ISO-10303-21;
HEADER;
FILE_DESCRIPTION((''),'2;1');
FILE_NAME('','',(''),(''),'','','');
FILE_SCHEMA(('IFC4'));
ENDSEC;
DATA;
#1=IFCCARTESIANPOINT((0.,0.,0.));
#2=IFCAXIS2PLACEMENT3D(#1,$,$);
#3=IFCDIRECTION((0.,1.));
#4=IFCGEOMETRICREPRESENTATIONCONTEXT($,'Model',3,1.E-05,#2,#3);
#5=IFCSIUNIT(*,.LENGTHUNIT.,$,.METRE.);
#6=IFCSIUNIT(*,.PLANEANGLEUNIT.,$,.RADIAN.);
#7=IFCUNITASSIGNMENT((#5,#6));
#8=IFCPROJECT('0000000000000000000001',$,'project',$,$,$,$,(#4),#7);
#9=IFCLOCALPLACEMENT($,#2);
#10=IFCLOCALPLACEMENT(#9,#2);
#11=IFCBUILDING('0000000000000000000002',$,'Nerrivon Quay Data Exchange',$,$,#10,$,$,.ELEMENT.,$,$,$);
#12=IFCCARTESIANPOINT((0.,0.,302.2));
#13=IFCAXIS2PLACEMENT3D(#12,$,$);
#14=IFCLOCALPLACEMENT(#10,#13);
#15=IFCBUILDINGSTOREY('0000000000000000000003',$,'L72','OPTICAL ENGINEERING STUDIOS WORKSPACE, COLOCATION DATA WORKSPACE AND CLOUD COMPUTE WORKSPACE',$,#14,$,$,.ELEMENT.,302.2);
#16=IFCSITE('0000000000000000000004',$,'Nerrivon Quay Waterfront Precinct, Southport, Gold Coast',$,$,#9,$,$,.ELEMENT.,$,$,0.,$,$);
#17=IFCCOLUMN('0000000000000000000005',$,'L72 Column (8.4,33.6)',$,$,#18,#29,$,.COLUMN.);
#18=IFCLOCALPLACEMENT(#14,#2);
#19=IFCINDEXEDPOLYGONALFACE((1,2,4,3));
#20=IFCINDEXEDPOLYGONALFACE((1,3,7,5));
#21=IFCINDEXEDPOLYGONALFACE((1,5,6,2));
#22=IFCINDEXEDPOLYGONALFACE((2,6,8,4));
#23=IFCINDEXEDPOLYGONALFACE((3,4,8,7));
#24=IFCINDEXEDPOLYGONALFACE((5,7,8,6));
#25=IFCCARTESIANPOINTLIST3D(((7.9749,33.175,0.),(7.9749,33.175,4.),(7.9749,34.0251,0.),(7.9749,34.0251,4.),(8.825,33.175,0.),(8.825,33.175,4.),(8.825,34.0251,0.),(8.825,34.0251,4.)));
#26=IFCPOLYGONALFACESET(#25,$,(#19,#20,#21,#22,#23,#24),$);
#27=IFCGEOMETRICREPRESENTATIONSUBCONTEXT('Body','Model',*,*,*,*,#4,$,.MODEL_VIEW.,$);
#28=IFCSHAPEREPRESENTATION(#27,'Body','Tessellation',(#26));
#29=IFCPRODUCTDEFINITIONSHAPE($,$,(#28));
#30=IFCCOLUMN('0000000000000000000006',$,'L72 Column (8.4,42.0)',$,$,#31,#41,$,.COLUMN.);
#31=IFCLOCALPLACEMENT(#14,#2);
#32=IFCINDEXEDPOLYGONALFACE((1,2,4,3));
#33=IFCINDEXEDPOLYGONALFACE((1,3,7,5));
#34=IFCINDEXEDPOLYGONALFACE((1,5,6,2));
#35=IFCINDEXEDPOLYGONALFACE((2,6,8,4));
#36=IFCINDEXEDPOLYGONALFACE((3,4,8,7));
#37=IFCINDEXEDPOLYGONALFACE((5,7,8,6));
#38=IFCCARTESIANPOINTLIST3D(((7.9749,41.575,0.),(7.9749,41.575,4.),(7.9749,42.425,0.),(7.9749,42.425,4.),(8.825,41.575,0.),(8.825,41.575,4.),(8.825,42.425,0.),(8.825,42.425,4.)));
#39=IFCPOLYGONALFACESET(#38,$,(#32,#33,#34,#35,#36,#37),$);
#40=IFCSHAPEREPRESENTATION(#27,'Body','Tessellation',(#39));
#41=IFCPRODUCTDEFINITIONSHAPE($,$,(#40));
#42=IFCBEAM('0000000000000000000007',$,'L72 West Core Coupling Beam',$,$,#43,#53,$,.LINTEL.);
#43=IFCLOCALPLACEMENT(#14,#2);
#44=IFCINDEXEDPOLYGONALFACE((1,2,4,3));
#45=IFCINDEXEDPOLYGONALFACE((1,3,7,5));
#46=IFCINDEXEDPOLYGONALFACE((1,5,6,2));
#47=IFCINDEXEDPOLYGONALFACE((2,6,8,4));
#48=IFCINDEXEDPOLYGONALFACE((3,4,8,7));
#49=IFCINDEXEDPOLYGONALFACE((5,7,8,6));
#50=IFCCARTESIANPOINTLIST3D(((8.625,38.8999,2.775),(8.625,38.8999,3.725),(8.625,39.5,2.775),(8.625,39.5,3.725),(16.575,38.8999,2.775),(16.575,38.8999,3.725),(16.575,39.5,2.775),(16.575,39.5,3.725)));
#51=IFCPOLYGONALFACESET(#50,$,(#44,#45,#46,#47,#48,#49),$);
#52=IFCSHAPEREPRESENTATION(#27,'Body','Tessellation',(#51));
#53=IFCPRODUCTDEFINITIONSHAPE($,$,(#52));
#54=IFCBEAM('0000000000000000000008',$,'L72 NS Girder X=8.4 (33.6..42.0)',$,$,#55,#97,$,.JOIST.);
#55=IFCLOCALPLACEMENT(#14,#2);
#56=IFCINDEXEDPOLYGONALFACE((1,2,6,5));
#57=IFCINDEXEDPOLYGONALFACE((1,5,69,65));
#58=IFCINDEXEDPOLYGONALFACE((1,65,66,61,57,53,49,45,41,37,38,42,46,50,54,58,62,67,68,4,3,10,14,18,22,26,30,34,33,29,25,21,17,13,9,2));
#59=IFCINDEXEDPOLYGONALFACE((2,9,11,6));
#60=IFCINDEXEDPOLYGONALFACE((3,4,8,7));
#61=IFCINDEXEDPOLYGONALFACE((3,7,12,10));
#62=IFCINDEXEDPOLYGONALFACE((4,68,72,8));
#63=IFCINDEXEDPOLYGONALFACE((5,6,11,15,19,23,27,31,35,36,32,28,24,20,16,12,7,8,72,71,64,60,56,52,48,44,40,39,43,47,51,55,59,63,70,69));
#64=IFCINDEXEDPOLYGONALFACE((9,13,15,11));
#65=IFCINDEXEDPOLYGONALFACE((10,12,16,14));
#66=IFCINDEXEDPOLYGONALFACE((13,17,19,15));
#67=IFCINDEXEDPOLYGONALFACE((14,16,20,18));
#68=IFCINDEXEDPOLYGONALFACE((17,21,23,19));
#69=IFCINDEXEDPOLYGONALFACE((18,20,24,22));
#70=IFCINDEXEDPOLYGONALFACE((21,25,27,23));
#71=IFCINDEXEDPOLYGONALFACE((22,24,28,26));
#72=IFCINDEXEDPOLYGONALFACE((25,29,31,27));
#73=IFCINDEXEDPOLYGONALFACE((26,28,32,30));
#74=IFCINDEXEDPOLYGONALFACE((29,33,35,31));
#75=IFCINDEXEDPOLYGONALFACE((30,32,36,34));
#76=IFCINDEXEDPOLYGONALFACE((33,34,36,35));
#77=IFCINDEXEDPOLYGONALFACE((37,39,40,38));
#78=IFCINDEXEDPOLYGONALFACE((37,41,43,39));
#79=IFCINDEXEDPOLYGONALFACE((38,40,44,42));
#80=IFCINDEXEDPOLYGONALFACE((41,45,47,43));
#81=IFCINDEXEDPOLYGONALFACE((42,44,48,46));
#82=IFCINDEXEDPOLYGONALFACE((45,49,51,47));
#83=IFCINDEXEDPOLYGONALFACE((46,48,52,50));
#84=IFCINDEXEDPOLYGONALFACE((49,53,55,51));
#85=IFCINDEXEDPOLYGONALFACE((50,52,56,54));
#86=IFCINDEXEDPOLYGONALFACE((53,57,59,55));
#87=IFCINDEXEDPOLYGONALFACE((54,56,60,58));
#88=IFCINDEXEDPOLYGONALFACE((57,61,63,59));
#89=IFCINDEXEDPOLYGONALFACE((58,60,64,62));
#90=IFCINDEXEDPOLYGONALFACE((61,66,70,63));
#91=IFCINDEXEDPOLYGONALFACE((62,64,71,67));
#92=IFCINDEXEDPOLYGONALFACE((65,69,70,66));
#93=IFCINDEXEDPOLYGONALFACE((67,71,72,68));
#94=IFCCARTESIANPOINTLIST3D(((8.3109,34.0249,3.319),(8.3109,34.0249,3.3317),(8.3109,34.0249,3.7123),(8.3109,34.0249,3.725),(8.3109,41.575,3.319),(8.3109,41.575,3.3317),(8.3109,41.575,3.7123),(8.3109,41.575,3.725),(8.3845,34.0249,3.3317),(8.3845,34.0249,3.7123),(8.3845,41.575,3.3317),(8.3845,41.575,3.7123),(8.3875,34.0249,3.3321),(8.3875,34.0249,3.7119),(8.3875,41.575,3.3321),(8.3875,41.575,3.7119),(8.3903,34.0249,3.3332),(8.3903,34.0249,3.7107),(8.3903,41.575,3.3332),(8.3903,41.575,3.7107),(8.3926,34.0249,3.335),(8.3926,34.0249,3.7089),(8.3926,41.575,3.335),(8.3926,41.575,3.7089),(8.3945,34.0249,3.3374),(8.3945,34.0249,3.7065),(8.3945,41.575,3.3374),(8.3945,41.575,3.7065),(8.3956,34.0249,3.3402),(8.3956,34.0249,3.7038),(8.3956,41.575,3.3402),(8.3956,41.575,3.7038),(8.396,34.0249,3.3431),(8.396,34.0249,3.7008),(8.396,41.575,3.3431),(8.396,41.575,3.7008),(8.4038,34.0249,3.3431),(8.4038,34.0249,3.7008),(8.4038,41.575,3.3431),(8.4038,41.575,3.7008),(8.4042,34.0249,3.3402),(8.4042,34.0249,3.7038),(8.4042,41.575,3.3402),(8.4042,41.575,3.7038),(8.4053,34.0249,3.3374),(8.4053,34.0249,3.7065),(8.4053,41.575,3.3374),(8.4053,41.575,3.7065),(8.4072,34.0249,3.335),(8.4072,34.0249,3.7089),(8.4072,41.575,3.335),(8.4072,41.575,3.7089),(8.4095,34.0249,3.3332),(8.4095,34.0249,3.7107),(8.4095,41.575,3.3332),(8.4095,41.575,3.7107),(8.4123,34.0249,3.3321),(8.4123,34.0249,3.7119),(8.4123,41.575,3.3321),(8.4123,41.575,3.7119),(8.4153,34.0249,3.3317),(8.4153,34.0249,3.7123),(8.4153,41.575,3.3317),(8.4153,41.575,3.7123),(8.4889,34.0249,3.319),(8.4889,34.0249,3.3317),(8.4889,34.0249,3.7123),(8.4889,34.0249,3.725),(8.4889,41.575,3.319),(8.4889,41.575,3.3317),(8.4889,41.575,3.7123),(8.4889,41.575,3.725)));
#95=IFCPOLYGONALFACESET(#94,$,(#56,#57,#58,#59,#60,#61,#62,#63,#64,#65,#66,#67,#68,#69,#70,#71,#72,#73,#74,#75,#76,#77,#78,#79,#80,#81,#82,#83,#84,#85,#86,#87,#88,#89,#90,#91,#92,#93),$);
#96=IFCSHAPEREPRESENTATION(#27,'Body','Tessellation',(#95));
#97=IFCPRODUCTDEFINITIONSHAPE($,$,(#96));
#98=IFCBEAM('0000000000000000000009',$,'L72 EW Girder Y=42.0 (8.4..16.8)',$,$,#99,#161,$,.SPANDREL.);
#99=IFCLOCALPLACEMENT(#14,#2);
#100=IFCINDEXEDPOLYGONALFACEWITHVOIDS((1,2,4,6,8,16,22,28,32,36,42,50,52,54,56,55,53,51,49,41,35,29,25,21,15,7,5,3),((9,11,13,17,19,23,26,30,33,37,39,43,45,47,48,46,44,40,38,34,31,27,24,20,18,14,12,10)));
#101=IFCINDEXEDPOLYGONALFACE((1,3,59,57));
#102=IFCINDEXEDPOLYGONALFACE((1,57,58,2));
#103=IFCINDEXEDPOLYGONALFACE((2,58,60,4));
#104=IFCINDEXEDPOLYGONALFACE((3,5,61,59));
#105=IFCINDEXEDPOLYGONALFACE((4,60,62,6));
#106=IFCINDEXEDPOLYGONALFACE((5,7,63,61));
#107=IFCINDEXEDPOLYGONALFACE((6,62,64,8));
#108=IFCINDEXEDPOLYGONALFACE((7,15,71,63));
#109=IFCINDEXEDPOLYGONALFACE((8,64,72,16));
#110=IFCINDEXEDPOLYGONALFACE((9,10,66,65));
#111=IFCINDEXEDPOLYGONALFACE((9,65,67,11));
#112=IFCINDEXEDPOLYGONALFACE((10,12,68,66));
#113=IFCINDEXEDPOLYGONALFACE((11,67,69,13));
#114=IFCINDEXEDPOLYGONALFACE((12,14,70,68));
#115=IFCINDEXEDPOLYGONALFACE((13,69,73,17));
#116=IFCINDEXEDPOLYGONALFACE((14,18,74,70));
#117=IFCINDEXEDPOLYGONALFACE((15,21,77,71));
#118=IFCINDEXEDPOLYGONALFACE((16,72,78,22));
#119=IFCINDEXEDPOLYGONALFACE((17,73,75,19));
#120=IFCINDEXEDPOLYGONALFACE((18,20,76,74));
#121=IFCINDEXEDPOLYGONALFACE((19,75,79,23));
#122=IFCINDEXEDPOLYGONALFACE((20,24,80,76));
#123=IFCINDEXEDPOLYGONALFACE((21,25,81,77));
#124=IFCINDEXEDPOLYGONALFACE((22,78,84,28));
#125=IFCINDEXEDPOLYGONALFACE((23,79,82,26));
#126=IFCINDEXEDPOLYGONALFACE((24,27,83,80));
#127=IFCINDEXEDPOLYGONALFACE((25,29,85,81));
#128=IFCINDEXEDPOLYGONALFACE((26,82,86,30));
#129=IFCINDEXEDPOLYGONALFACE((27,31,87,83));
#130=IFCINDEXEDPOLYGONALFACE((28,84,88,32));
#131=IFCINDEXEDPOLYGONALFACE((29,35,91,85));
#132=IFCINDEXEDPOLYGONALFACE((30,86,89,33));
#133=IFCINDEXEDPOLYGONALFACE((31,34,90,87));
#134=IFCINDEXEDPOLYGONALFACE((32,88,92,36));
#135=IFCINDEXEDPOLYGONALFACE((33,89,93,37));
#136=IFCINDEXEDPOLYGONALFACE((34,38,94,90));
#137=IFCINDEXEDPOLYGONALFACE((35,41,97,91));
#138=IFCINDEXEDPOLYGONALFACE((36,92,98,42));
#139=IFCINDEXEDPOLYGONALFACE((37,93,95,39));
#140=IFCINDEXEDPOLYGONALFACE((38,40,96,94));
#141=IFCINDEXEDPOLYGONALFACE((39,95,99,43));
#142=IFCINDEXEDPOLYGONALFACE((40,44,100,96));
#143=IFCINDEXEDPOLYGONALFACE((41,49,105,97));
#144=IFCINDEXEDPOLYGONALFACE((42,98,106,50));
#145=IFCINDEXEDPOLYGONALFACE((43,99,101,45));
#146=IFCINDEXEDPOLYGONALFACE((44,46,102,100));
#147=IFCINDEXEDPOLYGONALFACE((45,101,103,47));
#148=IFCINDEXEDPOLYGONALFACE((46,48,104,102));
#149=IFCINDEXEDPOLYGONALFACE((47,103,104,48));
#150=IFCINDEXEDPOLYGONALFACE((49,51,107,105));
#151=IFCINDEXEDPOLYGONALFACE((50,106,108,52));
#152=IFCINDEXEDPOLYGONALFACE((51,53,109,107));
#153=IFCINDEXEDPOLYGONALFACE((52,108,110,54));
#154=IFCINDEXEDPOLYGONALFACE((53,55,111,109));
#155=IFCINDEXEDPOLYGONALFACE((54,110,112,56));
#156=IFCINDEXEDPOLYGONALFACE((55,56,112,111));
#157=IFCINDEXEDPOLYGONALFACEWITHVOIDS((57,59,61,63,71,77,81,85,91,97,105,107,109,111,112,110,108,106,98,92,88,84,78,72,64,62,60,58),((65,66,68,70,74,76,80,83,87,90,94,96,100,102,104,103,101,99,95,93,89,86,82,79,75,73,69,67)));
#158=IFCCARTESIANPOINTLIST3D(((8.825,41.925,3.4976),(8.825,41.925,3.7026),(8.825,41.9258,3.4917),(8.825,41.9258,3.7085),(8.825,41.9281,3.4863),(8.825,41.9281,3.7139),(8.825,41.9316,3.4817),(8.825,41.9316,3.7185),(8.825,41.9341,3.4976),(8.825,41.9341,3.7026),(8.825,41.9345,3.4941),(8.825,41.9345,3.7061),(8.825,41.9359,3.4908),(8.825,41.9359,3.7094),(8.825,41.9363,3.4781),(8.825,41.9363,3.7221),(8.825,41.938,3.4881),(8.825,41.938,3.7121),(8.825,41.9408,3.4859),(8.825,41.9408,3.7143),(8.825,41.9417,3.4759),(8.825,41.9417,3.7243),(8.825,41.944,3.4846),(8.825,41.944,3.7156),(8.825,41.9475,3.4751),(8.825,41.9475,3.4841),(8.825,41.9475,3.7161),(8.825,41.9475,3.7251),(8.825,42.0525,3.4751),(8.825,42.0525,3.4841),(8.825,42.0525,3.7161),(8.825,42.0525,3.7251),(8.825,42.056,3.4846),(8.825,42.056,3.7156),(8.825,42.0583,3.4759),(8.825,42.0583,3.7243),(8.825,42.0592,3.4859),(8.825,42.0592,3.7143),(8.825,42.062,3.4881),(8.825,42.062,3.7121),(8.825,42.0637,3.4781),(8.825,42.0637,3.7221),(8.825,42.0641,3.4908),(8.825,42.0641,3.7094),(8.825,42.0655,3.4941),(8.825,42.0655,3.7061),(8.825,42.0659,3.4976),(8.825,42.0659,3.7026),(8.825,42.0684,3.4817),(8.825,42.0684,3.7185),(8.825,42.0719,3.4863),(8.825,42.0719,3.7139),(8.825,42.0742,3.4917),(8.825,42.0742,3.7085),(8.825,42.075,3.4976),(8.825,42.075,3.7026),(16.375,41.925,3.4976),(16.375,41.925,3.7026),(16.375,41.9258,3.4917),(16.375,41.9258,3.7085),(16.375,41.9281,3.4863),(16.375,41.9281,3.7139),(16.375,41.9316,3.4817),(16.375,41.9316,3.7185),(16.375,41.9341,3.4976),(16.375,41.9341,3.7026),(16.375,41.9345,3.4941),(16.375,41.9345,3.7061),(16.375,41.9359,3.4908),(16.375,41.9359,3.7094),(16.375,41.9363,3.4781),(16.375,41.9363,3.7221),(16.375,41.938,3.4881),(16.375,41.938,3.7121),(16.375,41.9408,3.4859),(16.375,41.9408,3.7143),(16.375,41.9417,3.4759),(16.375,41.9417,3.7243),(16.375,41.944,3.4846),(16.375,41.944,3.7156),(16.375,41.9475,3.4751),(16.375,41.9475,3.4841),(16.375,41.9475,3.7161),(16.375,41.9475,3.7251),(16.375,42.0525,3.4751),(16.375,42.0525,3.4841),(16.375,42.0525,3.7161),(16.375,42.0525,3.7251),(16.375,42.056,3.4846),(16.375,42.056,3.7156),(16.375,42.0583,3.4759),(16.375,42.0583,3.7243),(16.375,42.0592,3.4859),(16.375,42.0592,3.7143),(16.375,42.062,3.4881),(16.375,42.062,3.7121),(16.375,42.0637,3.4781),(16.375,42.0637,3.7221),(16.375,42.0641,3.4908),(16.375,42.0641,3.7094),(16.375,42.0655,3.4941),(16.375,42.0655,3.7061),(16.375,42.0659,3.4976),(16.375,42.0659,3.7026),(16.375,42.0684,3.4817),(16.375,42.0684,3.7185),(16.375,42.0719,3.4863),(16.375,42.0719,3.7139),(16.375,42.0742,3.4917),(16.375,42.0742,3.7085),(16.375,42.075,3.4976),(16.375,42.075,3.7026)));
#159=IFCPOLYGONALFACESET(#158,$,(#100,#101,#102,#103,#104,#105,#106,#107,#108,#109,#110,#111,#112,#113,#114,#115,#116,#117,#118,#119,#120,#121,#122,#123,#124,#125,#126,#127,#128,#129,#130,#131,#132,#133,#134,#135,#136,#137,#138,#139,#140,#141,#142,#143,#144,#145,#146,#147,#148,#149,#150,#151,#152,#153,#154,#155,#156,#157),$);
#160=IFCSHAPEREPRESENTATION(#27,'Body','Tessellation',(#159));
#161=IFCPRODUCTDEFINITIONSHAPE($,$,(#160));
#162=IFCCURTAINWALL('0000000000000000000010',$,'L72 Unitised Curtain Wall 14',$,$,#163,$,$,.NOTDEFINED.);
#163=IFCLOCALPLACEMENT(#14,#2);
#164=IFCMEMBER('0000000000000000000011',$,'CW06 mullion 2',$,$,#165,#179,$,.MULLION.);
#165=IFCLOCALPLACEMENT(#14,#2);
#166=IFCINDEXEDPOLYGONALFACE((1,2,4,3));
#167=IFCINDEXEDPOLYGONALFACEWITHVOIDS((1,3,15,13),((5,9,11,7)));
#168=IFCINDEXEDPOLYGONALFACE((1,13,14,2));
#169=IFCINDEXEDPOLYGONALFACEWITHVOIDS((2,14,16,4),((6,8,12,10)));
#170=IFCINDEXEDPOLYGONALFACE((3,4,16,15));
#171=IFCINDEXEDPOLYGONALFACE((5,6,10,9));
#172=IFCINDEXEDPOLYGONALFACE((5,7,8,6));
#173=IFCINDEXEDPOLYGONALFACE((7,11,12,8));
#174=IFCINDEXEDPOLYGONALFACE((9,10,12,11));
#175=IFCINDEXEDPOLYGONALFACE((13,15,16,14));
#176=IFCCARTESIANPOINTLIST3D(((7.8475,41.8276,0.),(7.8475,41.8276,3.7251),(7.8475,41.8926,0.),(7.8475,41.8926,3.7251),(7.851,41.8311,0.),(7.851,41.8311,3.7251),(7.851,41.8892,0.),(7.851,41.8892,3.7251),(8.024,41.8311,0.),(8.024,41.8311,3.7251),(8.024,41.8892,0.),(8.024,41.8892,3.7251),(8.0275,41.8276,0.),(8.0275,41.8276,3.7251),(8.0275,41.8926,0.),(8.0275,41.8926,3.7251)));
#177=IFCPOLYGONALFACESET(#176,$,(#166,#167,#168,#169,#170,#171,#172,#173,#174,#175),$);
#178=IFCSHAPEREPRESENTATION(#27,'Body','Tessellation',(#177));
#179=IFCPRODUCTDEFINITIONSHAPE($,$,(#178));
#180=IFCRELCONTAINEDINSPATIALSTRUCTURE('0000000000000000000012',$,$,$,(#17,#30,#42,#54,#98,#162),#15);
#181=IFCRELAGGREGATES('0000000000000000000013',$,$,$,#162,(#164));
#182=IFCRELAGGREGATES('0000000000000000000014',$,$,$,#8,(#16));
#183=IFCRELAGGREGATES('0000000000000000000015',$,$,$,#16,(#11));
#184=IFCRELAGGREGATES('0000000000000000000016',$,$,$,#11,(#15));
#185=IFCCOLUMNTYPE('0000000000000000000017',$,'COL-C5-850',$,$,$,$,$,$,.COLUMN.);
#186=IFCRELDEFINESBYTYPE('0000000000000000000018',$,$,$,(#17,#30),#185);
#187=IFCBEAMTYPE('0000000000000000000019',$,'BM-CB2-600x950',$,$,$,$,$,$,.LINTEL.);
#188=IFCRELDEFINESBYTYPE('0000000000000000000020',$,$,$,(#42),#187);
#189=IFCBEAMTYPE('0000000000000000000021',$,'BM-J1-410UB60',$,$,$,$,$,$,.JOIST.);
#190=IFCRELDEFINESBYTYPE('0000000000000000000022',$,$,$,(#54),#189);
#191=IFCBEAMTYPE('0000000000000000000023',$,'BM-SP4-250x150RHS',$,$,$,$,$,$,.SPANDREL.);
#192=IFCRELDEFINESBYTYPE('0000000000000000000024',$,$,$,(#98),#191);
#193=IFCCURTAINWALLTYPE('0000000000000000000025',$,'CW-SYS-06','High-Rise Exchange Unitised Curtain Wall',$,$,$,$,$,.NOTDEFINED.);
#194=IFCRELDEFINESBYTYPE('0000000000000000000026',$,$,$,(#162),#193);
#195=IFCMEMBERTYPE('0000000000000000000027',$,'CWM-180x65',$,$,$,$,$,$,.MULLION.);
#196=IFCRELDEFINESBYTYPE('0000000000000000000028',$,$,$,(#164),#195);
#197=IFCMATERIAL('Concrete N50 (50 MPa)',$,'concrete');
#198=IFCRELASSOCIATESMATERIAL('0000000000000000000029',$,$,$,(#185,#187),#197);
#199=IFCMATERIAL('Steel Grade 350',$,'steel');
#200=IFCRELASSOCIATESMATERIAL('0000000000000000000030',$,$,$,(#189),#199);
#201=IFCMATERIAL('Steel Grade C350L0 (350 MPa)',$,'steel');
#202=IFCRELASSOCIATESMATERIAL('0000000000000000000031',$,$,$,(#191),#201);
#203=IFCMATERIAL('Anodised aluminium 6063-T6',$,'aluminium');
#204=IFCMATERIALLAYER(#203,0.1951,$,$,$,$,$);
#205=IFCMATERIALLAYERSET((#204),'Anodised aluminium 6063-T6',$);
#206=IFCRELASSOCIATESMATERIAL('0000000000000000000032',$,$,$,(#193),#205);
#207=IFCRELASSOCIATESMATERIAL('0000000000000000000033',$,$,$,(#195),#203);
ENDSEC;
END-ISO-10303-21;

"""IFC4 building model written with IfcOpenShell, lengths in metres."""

from ifc_helpers import new_model, si_unit, direction, frame, origin, origin_2d, place, context, subcontext, project, spatial, rectangle, hollow_rectangle, i_section, extrude, material, layer, layer_set, material_profile, profile_set, type_object, element, aggregate, save


model = new_model("IFC4")

# Units and contexts
model_context = context("Model", 3, precision=1e-05, world=origin(), true_north=direction((0.0, 1.0)))
body_context = subcontext(model_context, "Body", "Model", "MODEL_VIEW")
ifc_project = project(units=[si_unit("LENGTHUNIT", "METRE"), si_unit("PLANEANGLEUNIT", "RADIAN")], contexts=[model_context])

# Site, building, storey
site_placement = place(None, origin())
site = spatial("IfcSite", under=ifc_project, at=site_placement, Name="Nerrivon Quay Waterfront Precinct, Southport, Gold Coast", CompositionType="ELEMENT", RefElevation=0.0)
building_placement = place(site_placement, origin())
building = spatial("IfcBuilding", under=site, at=building_placement, Name="Nerrivon Quay Data Exchange", CompositionType="ELEMENT")
storey_placement = place(building_placement, frame((0.0, 0.0, 302.2)))
storey = spatial("IfcBuildingStorey", under=building, at=storey_placement, Name="L72", Description="OPTICAL ENGINEERING STUDIOS WORKSPACE, COLOCATION DATA WORKSPACE AND CLOUD COMPUTE WORKSPACE", CompositionType="ELEMENT", Elevation=302.2)

# Columns
ifc_material_1 = material(Name="Concrete N50 (50 MPa)", Category="concrete")
ifc_material_profile_1 = material_profile(ifc_material_1, rectangle(XDim=0.8501, YDim=0.8501, at=origin_2d()), Name="RC-COL-850x850")
ifc_profile_set_1 = profile_set([ifc_material_profile_1], Name="Concrete N50 (50 MPa)")
column_type = type_object("IfcColumnType", Name="COL-C5-850", PredefinedType="COLUMN", material=ifc_profile_set_1)
for number, where, z_axis, x_axis, name in (
    (1, (8.3999, 33.6001, 0.0), (0.0, 0.0, 1.0), (1.0, 0.0, 0.0), "L72 Column (8.4,33.6)"),
    (2, (8.3999, 42.0, 0.0), (0.0, 0.0, 1.0), (1.0, 0.0, 0.0), "L72 Column (8.4,42.0)"),
):
    element("IfcColumn", number, at=place(storey_placement, frame(where, z_axis=z_axis, x_axis=x_axis)), inside=storey, type_object=column_type, Name=name, PredefinedType="COLUMN", context=body_context, shape_type="SweptSolid", body=[
        extrude(rectangle(XDim=0.8501, YDim=0.8501, at=origin_2d()), origin(), (0.0, 0.0, 1.0), 4.0),
    ])

# Beams
ifc_material_profile_2 = material_profile(ifc_material_1, rectangle(XDim=0.6001, YDim=0.95, at=origin_2d()), Name="RC-CB-600x950")
ifc_profile_set_2 = profile_set([ifc_material_profile_2], Name="Concrete N50 (50 MPa)")
beam_type_1 = type_object("IfcBeamType", Name="BM-CB2-600x950", PredefinedType="LINTEL", material=ifc_profile_set_2)
beam_1_placement = place(storey_placement, frame((8.625, 39.2, 3.25), z_axis=(1.0, 0.0, 0.0), x_axis=(0.0, 1.0, 0.0)))
element("IfcBeam", 3, at=beam_1_placement, inside=storey, type_object=beam_type_1, Name="L72 West Core Coupling Beam", PredefinedType="LINTEL", context=body_context, shape_type="SweptSolid", body=[
    extrude(rectangle(XDim=0.6001, YDim=0.95, at=origin_2d()), origin(), (0.0, 0.0, 1.0), 7.95),
])
ifc_material_2 = material(Name="Steel Grade 350", Category="steel")
ifc_material_profile_3 = material_profile(ifc_material_2, i_section(OverallWidth=0.178, OverallDepth=0.406, WebThickness=0.0078, FlangeThickness=0.0127, FilletRadius=0.0115, at=origin_2d()), Name="410UB59.7")
ifc_profile_set_3 = profile_set([ifc_material_profile_3], Name="Steel Grade 350")
beam_type_2 = type_object("IfcBeamType", Name="BM-J1-410UB60", PredefinedType="JOIST", material=ifc_profile_set_3)
beam_2_placement = place(storey_placement, frame((8.3999, 34.0249, 3.522), z_axis=(0.0, 1.0, 0.0), x_axis=(-1.0, 0.0, 0.0)))
element("IfcBeam", 4, at=beam_2_placement, inside=storey, type_object=beam_type_2, Name="L72 NS Girder X=8.4 (33.6..42.0)", PredefinedType="JOIST", context=body_context, shape_type="SweptSolid", body=[
    extrude(i_section(OverallWidth=0.178, OverallDepth=0.406, WebThickness=0.0078, FlangeThickness=0.0127, FilletRadius=0.0115, at=origin_2d()), origin(), (0.0, 0.0, 1.0), 7.55),
])
ifc_material_3 = material(Name="Steel Grade C350L0 (350 MPa)", Category="steel")
ifc_material_profile_4 = material_profile(ifc_material_3, hollow_rectangle(XDim=0.1499, YDim=0.25, WallThickness=0.009, InnerFilletRadius=0.0134, OuterFilletRadius=0.0225, at=origin_2d()), Name="250x150x9.0RHS")
ifc_profile_set_4 = profile_set([ifc_material_profile_4], Name="Steel Grade C350L0 (350 MPa)")
beam_type_3 = type_object("IfcBeamType", Name="BM-SP4-250x150RHS", PredefinedType="SPANDREL", material=ifc_profile_set_4)
beam_3_placement = place(storey_placement, frame((8.825, 42.0, 3.6001), z_axis=(1.0, 0.0, 0.0), x_axis=(0.0, 1.0, 0.0)))
element("IfcBeam", 5, at=beam_3_placement, inside=storey, type_object=beam_type_3, Name="L72 EW Girder Y=42.0 (8.4..16.8)", PredefinedType="SPANDREL", context=body_context, shape_type="SweptSolid", body=[
    extrude(hollow_rectangle(XDim=0.1499, YDim=0.25, WallThickness=0.009, InnerFilletRadius=0.0134, OuterFilletRadius=0.0225, at=origin_2d()), origin(), (0.0, 0.0, 1.0), 7.55),
])

# Curtain wall, member
ifc_material_4 = material(Name="Anodised aluminium 6063-T6", Category="aluminium")
ifc_layer_1 = layer(ifc_material_4, 0.1951)
ifc_layer_set_1 = layer_set([ifc_layer_1], Name="Anodised aluminium 6063-T6")
curtain_wall_type = type_object("IfcCurtainWallType", Name="CW-SYS-06", Description="High-Rise Exchange Unitised Curtain Wall", PredefinedType="NOTDEFINED", material=ifc_layer_set_1)
curtain_wall_1_placement = place(storey_placement, origin())
curtain_wall_1 = element("IfcCurtainWall", 6, at=curtain_wall_1_placement, inside=storey, type_object=curtain_wall_type, Name="L72 Unitised Curtain Wall 14", PredefinedType="NOTDEFINED")
ifc_material_profile_5 = material_profile(ifc_material_4, hollow_rectangle(XDim=0.0649, YDim=0.1799, WallThickness=0.0034, at=origin_2d()), Name="ALU-MULL-180x65")
ifc_profile_set_5 = profile_set([ifc_material_profile_5], Name="Anodised aluminium 6063-T6")
member_type_1 = type_object("IfcMemberType", Name="CWM-180x65", PredefinedType="MULLION", material=ifc_profile_set_5)
member_1_placement = place(storey_placement, frame((7.9375, 41.8601, 0.0), z_axis=(0.0, 0.0, 1.0), x_axis=(0.0, 1.0, 0.0)))
member_1 = element("IfcMember", 7, at=member_1_placement, type_object=member_type_1, Name="CW06 mullion 2", PredefinedType="MULLION", context=body_context, shape_type="SweptSolid", body=[
    extrude(hollow_rectangle(XDim=0.0649, YDim=0.1799, WallThickness=0.0034, at=origin_2d()), origin(), (0.0, 0.0, 1.0), 3.7251),
])
aggregate(curtain_wall_1, [member_1])

save(model, "model.ifc")
